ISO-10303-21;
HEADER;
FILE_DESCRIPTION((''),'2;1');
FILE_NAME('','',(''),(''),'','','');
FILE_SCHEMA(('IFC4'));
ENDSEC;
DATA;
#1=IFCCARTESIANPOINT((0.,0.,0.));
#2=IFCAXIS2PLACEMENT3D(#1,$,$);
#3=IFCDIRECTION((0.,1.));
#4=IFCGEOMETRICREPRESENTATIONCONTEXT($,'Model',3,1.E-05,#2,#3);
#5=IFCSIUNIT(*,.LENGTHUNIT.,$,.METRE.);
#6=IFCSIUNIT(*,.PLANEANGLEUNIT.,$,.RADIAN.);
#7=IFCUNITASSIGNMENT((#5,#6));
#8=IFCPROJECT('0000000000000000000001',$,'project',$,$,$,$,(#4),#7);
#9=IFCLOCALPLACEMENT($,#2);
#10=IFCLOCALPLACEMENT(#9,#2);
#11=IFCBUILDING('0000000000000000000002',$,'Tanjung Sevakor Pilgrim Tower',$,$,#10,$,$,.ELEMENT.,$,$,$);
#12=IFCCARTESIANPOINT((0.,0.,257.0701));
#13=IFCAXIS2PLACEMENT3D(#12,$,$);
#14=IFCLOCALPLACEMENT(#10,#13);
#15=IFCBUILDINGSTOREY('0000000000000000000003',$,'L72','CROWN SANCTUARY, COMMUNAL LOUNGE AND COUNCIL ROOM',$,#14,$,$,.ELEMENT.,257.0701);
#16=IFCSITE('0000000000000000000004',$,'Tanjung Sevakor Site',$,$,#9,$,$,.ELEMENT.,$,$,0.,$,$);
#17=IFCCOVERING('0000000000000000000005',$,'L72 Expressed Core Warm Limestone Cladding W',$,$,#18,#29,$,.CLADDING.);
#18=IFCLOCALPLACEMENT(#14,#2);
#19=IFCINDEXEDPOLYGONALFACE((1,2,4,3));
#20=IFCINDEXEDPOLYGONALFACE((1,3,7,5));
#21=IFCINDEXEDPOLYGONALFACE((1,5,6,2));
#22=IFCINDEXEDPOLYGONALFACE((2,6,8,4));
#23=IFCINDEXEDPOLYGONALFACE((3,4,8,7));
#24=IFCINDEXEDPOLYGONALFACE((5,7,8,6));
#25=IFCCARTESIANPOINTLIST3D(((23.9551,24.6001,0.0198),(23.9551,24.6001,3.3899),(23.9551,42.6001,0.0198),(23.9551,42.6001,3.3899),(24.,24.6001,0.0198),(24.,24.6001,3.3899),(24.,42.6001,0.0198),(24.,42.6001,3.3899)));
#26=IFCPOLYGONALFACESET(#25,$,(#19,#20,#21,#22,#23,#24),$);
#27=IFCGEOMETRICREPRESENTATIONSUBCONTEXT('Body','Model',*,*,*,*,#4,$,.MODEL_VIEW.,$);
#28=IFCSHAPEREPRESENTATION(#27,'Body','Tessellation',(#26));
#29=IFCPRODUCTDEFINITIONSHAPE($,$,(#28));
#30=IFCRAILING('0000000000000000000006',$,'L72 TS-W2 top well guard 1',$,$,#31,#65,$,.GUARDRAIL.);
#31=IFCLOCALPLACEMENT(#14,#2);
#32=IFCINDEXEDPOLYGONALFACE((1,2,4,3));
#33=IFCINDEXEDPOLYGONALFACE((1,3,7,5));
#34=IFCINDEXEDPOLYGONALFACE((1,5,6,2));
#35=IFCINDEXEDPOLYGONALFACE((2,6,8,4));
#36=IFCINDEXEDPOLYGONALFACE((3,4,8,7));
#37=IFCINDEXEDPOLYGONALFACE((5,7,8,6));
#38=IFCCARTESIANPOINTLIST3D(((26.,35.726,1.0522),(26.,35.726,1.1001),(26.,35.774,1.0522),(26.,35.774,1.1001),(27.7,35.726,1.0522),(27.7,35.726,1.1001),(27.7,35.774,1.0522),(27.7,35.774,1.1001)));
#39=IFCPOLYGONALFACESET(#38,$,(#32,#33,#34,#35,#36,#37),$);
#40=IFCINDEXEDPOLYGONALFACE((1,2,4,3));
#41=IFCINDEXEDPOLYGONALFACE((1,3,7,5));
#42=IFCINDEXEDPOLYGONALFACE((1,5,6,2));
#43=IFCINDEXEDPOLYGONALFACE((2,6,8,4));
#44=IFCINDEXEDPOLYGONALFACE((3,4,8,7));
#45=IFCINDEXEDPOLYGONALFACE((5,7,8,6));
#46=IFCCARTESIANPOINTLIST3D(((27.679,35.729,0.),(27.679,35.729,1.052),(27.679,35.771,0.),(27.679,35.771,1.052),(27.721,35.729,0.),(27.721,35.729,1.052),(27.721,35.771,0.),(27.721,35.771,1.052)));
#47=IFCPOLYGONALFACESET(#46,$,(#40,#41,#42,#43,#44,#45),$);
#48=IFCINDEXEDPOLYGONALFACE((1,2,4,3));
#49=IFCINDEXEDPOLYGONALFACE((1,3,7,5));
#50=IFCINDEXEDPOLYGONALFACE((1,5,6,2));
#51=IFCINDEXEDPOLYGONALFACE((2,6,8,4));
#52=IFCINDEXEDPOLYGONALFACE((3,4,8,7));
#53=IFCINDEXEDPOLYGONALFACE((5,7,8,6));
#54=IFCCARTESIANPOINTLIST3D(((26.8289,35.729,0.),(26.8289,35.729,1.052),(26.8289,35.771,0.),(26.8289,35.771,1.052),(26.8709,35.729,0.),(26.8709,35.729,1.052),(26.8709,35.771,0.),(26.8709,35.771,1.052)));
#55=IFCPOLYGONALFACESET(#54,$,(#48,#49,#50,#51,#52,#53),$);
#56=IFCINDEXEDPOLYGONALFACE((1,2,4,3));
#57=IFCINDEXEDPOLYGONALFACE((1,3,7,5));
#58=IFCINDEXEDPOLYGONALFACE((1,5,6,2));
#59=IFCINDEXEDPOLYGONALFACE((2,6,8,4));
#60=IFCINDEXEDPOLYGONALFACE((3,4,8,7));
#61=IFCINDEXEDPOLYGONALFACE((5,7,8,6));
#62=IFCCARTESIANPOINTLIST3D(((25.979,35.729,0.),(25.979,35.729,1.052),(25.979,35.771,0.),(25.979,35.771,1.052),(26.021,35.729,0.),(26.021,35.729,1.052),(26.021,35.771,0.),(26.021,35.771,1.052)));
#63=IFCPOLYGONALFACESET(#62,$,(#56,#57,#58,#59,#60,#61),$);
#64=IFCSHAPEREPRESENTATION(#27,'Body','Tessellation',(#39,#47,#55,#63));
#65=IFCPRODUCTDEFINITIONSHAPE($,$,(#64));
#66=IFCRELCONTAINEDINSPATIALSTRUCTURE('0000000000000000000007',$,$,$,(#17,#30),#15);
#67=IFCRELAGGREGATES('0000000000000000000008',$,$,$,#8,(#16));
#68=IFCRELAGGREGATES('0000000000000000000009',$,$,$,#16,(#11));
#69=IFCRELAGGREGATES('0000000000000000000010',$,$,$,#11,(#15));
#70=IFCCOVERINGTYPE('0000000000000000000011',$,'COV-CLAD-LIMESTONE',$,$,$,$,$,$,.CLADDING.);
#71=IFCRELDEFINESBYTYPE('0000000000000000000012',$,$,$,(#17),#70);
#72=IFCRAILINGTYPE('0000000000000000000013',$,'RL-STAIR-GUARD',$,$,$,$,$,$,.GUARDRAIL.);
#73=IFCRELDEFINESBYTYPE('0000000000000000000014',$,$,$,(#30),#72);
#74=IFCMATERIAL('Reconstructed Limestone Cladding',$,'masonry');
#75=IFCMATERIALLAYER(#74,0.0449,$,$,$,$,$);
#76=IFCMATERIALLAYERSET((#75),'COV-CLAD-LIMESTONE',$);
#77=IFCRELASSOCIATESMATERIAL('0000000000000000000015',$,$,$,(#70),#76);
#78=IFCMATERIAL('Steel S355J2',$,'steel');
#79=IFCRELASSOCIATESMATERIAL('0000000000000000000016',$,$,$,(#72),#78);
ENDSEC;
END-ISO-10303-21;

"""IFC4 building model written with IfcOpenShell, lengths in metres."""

from ifc_helpers import new_model, si_unit, direction, frame, origin, origin_2d, place, context, subcontext, project, spatial, rectangle, extrude, material, layer, layer_set, type_object, element, save


model = new_model("IFC4")

# Units and contexts
model_context = context("Model", 3, precision=1e-05, world=origin(), true_north=direction((0.0, 1.0)))
body_context = subcontext(model_context, "Body", "Model", "MODEL_VIEW")
ifc_project = project(units=[si_unit("LENGTHUNIT", "METRE"), si_unit("PLANEANGLEUNIT", "RADIAN")], contexts=[model_context])

# Site, building, storey
site_placement = place(None, origin())
site = spatial("IfcSite", under=ifc_project, at=site_placement, Name="Tanjung Sevakor Site", CompositionType="ELEMENT", RefElevation=0.0)
building_placement = place(site_placement, origin())
building = spatial("IfcBuilding", under=site, at=building_placement, Name="Tanjung Sevakor Pilgrim Tower", CompositionType="ELEMENT")
storey_placement = place(building_placement, frame((0.0, 0.0, 257.0701)))
storey = spatial("IfcBuildingStorey", under=building, at=storey_placement, Name="L72", Description="CROWN SANCTUARY, COMMUNAL LOUNGE AND COUNCIL ROOM", CompositionType="ELEMENT", Elevation=257.0701)

# Covering
ifc_material_1 = material(Name="Reconstructed Limestone Cladding", Category="masonry")
ifc_layer_1 = layer(ifc_material_1, 0.0449)
ifc_layer_set_1 = layer_set([ifc_layer_1], Name="COV-CLAD-LIMESTONE")
covering_type = type_object("IfcCoveringType", Name="COV-CLAD-LIMESTONE", PredefinedType="CLADDING", material=ifc_layer_set_1)
covering_placement = place(storey_placement, frame((23.9775, 33.6001, 0.0198), z_axis=(0.0, 0.0, 1.0), x_axis=(1.0, 0.0, 0.0)))
element("IfcCovering", 1, at=covering_placement, inside=storey, type_object=covering_type, Name="L72 Expressed Core Warm Limestone Cladding W", PredefinedType="CLADDING", context=body_context, shape_type="SweptSolid", body=[
    extrude(rectangle(XDim=0.0449, YDim=18.0, at=origin_2d()), origin(), (0.0, 0.0, 1.0), 3.3701),
])

# Railing
ifc_material_2 = material(Name="Steel S355J2", Category="steel")
railing_type = type_object("IfcRailingType", Name="RL-STAIR-GUARD", PredefinedType="GUARDRAIL", material=ifc_material_2)
railing_placement = place(storey_placement, frame((27.7, 35.75, 0.0)))
element("IfcRailing", 2, at=railing_placement, inside=storey, type_object=railing_type, Name="L72 TS-W2 top well guard 1", PredefinedType="GUARDRAIL", context=body_context, shape_type="SweptSolid", body=[
    extrude(rectangle(XDim=0.0479, YDim=0.0479), frame((0.0, 0.0, 1.0762), z_axis=(-1.0, 0.0, 0.0), x_axis=(0.0, -1.0, 0.0)), (0.0, 0.0, 1.0), 1.7),
    extrude(rectangle(XDim=0.042, YDim=0.042), origin(), (0.0, 0.0, 1.0), 1.052),
    extrude(rectangle(XDim=0.042, YDim=0.042), frame((-0.8501, 0.0, 0.0)), (0.0, 0.0, 1.0), 1.052),
    extrude(rectangle(XDim=0.042, YDim=0.042), frame((-1.7, 0.0, 0.0)), (0.0, 0.0, 1.0), 1.052),
])

save(model, "model.ifc")
